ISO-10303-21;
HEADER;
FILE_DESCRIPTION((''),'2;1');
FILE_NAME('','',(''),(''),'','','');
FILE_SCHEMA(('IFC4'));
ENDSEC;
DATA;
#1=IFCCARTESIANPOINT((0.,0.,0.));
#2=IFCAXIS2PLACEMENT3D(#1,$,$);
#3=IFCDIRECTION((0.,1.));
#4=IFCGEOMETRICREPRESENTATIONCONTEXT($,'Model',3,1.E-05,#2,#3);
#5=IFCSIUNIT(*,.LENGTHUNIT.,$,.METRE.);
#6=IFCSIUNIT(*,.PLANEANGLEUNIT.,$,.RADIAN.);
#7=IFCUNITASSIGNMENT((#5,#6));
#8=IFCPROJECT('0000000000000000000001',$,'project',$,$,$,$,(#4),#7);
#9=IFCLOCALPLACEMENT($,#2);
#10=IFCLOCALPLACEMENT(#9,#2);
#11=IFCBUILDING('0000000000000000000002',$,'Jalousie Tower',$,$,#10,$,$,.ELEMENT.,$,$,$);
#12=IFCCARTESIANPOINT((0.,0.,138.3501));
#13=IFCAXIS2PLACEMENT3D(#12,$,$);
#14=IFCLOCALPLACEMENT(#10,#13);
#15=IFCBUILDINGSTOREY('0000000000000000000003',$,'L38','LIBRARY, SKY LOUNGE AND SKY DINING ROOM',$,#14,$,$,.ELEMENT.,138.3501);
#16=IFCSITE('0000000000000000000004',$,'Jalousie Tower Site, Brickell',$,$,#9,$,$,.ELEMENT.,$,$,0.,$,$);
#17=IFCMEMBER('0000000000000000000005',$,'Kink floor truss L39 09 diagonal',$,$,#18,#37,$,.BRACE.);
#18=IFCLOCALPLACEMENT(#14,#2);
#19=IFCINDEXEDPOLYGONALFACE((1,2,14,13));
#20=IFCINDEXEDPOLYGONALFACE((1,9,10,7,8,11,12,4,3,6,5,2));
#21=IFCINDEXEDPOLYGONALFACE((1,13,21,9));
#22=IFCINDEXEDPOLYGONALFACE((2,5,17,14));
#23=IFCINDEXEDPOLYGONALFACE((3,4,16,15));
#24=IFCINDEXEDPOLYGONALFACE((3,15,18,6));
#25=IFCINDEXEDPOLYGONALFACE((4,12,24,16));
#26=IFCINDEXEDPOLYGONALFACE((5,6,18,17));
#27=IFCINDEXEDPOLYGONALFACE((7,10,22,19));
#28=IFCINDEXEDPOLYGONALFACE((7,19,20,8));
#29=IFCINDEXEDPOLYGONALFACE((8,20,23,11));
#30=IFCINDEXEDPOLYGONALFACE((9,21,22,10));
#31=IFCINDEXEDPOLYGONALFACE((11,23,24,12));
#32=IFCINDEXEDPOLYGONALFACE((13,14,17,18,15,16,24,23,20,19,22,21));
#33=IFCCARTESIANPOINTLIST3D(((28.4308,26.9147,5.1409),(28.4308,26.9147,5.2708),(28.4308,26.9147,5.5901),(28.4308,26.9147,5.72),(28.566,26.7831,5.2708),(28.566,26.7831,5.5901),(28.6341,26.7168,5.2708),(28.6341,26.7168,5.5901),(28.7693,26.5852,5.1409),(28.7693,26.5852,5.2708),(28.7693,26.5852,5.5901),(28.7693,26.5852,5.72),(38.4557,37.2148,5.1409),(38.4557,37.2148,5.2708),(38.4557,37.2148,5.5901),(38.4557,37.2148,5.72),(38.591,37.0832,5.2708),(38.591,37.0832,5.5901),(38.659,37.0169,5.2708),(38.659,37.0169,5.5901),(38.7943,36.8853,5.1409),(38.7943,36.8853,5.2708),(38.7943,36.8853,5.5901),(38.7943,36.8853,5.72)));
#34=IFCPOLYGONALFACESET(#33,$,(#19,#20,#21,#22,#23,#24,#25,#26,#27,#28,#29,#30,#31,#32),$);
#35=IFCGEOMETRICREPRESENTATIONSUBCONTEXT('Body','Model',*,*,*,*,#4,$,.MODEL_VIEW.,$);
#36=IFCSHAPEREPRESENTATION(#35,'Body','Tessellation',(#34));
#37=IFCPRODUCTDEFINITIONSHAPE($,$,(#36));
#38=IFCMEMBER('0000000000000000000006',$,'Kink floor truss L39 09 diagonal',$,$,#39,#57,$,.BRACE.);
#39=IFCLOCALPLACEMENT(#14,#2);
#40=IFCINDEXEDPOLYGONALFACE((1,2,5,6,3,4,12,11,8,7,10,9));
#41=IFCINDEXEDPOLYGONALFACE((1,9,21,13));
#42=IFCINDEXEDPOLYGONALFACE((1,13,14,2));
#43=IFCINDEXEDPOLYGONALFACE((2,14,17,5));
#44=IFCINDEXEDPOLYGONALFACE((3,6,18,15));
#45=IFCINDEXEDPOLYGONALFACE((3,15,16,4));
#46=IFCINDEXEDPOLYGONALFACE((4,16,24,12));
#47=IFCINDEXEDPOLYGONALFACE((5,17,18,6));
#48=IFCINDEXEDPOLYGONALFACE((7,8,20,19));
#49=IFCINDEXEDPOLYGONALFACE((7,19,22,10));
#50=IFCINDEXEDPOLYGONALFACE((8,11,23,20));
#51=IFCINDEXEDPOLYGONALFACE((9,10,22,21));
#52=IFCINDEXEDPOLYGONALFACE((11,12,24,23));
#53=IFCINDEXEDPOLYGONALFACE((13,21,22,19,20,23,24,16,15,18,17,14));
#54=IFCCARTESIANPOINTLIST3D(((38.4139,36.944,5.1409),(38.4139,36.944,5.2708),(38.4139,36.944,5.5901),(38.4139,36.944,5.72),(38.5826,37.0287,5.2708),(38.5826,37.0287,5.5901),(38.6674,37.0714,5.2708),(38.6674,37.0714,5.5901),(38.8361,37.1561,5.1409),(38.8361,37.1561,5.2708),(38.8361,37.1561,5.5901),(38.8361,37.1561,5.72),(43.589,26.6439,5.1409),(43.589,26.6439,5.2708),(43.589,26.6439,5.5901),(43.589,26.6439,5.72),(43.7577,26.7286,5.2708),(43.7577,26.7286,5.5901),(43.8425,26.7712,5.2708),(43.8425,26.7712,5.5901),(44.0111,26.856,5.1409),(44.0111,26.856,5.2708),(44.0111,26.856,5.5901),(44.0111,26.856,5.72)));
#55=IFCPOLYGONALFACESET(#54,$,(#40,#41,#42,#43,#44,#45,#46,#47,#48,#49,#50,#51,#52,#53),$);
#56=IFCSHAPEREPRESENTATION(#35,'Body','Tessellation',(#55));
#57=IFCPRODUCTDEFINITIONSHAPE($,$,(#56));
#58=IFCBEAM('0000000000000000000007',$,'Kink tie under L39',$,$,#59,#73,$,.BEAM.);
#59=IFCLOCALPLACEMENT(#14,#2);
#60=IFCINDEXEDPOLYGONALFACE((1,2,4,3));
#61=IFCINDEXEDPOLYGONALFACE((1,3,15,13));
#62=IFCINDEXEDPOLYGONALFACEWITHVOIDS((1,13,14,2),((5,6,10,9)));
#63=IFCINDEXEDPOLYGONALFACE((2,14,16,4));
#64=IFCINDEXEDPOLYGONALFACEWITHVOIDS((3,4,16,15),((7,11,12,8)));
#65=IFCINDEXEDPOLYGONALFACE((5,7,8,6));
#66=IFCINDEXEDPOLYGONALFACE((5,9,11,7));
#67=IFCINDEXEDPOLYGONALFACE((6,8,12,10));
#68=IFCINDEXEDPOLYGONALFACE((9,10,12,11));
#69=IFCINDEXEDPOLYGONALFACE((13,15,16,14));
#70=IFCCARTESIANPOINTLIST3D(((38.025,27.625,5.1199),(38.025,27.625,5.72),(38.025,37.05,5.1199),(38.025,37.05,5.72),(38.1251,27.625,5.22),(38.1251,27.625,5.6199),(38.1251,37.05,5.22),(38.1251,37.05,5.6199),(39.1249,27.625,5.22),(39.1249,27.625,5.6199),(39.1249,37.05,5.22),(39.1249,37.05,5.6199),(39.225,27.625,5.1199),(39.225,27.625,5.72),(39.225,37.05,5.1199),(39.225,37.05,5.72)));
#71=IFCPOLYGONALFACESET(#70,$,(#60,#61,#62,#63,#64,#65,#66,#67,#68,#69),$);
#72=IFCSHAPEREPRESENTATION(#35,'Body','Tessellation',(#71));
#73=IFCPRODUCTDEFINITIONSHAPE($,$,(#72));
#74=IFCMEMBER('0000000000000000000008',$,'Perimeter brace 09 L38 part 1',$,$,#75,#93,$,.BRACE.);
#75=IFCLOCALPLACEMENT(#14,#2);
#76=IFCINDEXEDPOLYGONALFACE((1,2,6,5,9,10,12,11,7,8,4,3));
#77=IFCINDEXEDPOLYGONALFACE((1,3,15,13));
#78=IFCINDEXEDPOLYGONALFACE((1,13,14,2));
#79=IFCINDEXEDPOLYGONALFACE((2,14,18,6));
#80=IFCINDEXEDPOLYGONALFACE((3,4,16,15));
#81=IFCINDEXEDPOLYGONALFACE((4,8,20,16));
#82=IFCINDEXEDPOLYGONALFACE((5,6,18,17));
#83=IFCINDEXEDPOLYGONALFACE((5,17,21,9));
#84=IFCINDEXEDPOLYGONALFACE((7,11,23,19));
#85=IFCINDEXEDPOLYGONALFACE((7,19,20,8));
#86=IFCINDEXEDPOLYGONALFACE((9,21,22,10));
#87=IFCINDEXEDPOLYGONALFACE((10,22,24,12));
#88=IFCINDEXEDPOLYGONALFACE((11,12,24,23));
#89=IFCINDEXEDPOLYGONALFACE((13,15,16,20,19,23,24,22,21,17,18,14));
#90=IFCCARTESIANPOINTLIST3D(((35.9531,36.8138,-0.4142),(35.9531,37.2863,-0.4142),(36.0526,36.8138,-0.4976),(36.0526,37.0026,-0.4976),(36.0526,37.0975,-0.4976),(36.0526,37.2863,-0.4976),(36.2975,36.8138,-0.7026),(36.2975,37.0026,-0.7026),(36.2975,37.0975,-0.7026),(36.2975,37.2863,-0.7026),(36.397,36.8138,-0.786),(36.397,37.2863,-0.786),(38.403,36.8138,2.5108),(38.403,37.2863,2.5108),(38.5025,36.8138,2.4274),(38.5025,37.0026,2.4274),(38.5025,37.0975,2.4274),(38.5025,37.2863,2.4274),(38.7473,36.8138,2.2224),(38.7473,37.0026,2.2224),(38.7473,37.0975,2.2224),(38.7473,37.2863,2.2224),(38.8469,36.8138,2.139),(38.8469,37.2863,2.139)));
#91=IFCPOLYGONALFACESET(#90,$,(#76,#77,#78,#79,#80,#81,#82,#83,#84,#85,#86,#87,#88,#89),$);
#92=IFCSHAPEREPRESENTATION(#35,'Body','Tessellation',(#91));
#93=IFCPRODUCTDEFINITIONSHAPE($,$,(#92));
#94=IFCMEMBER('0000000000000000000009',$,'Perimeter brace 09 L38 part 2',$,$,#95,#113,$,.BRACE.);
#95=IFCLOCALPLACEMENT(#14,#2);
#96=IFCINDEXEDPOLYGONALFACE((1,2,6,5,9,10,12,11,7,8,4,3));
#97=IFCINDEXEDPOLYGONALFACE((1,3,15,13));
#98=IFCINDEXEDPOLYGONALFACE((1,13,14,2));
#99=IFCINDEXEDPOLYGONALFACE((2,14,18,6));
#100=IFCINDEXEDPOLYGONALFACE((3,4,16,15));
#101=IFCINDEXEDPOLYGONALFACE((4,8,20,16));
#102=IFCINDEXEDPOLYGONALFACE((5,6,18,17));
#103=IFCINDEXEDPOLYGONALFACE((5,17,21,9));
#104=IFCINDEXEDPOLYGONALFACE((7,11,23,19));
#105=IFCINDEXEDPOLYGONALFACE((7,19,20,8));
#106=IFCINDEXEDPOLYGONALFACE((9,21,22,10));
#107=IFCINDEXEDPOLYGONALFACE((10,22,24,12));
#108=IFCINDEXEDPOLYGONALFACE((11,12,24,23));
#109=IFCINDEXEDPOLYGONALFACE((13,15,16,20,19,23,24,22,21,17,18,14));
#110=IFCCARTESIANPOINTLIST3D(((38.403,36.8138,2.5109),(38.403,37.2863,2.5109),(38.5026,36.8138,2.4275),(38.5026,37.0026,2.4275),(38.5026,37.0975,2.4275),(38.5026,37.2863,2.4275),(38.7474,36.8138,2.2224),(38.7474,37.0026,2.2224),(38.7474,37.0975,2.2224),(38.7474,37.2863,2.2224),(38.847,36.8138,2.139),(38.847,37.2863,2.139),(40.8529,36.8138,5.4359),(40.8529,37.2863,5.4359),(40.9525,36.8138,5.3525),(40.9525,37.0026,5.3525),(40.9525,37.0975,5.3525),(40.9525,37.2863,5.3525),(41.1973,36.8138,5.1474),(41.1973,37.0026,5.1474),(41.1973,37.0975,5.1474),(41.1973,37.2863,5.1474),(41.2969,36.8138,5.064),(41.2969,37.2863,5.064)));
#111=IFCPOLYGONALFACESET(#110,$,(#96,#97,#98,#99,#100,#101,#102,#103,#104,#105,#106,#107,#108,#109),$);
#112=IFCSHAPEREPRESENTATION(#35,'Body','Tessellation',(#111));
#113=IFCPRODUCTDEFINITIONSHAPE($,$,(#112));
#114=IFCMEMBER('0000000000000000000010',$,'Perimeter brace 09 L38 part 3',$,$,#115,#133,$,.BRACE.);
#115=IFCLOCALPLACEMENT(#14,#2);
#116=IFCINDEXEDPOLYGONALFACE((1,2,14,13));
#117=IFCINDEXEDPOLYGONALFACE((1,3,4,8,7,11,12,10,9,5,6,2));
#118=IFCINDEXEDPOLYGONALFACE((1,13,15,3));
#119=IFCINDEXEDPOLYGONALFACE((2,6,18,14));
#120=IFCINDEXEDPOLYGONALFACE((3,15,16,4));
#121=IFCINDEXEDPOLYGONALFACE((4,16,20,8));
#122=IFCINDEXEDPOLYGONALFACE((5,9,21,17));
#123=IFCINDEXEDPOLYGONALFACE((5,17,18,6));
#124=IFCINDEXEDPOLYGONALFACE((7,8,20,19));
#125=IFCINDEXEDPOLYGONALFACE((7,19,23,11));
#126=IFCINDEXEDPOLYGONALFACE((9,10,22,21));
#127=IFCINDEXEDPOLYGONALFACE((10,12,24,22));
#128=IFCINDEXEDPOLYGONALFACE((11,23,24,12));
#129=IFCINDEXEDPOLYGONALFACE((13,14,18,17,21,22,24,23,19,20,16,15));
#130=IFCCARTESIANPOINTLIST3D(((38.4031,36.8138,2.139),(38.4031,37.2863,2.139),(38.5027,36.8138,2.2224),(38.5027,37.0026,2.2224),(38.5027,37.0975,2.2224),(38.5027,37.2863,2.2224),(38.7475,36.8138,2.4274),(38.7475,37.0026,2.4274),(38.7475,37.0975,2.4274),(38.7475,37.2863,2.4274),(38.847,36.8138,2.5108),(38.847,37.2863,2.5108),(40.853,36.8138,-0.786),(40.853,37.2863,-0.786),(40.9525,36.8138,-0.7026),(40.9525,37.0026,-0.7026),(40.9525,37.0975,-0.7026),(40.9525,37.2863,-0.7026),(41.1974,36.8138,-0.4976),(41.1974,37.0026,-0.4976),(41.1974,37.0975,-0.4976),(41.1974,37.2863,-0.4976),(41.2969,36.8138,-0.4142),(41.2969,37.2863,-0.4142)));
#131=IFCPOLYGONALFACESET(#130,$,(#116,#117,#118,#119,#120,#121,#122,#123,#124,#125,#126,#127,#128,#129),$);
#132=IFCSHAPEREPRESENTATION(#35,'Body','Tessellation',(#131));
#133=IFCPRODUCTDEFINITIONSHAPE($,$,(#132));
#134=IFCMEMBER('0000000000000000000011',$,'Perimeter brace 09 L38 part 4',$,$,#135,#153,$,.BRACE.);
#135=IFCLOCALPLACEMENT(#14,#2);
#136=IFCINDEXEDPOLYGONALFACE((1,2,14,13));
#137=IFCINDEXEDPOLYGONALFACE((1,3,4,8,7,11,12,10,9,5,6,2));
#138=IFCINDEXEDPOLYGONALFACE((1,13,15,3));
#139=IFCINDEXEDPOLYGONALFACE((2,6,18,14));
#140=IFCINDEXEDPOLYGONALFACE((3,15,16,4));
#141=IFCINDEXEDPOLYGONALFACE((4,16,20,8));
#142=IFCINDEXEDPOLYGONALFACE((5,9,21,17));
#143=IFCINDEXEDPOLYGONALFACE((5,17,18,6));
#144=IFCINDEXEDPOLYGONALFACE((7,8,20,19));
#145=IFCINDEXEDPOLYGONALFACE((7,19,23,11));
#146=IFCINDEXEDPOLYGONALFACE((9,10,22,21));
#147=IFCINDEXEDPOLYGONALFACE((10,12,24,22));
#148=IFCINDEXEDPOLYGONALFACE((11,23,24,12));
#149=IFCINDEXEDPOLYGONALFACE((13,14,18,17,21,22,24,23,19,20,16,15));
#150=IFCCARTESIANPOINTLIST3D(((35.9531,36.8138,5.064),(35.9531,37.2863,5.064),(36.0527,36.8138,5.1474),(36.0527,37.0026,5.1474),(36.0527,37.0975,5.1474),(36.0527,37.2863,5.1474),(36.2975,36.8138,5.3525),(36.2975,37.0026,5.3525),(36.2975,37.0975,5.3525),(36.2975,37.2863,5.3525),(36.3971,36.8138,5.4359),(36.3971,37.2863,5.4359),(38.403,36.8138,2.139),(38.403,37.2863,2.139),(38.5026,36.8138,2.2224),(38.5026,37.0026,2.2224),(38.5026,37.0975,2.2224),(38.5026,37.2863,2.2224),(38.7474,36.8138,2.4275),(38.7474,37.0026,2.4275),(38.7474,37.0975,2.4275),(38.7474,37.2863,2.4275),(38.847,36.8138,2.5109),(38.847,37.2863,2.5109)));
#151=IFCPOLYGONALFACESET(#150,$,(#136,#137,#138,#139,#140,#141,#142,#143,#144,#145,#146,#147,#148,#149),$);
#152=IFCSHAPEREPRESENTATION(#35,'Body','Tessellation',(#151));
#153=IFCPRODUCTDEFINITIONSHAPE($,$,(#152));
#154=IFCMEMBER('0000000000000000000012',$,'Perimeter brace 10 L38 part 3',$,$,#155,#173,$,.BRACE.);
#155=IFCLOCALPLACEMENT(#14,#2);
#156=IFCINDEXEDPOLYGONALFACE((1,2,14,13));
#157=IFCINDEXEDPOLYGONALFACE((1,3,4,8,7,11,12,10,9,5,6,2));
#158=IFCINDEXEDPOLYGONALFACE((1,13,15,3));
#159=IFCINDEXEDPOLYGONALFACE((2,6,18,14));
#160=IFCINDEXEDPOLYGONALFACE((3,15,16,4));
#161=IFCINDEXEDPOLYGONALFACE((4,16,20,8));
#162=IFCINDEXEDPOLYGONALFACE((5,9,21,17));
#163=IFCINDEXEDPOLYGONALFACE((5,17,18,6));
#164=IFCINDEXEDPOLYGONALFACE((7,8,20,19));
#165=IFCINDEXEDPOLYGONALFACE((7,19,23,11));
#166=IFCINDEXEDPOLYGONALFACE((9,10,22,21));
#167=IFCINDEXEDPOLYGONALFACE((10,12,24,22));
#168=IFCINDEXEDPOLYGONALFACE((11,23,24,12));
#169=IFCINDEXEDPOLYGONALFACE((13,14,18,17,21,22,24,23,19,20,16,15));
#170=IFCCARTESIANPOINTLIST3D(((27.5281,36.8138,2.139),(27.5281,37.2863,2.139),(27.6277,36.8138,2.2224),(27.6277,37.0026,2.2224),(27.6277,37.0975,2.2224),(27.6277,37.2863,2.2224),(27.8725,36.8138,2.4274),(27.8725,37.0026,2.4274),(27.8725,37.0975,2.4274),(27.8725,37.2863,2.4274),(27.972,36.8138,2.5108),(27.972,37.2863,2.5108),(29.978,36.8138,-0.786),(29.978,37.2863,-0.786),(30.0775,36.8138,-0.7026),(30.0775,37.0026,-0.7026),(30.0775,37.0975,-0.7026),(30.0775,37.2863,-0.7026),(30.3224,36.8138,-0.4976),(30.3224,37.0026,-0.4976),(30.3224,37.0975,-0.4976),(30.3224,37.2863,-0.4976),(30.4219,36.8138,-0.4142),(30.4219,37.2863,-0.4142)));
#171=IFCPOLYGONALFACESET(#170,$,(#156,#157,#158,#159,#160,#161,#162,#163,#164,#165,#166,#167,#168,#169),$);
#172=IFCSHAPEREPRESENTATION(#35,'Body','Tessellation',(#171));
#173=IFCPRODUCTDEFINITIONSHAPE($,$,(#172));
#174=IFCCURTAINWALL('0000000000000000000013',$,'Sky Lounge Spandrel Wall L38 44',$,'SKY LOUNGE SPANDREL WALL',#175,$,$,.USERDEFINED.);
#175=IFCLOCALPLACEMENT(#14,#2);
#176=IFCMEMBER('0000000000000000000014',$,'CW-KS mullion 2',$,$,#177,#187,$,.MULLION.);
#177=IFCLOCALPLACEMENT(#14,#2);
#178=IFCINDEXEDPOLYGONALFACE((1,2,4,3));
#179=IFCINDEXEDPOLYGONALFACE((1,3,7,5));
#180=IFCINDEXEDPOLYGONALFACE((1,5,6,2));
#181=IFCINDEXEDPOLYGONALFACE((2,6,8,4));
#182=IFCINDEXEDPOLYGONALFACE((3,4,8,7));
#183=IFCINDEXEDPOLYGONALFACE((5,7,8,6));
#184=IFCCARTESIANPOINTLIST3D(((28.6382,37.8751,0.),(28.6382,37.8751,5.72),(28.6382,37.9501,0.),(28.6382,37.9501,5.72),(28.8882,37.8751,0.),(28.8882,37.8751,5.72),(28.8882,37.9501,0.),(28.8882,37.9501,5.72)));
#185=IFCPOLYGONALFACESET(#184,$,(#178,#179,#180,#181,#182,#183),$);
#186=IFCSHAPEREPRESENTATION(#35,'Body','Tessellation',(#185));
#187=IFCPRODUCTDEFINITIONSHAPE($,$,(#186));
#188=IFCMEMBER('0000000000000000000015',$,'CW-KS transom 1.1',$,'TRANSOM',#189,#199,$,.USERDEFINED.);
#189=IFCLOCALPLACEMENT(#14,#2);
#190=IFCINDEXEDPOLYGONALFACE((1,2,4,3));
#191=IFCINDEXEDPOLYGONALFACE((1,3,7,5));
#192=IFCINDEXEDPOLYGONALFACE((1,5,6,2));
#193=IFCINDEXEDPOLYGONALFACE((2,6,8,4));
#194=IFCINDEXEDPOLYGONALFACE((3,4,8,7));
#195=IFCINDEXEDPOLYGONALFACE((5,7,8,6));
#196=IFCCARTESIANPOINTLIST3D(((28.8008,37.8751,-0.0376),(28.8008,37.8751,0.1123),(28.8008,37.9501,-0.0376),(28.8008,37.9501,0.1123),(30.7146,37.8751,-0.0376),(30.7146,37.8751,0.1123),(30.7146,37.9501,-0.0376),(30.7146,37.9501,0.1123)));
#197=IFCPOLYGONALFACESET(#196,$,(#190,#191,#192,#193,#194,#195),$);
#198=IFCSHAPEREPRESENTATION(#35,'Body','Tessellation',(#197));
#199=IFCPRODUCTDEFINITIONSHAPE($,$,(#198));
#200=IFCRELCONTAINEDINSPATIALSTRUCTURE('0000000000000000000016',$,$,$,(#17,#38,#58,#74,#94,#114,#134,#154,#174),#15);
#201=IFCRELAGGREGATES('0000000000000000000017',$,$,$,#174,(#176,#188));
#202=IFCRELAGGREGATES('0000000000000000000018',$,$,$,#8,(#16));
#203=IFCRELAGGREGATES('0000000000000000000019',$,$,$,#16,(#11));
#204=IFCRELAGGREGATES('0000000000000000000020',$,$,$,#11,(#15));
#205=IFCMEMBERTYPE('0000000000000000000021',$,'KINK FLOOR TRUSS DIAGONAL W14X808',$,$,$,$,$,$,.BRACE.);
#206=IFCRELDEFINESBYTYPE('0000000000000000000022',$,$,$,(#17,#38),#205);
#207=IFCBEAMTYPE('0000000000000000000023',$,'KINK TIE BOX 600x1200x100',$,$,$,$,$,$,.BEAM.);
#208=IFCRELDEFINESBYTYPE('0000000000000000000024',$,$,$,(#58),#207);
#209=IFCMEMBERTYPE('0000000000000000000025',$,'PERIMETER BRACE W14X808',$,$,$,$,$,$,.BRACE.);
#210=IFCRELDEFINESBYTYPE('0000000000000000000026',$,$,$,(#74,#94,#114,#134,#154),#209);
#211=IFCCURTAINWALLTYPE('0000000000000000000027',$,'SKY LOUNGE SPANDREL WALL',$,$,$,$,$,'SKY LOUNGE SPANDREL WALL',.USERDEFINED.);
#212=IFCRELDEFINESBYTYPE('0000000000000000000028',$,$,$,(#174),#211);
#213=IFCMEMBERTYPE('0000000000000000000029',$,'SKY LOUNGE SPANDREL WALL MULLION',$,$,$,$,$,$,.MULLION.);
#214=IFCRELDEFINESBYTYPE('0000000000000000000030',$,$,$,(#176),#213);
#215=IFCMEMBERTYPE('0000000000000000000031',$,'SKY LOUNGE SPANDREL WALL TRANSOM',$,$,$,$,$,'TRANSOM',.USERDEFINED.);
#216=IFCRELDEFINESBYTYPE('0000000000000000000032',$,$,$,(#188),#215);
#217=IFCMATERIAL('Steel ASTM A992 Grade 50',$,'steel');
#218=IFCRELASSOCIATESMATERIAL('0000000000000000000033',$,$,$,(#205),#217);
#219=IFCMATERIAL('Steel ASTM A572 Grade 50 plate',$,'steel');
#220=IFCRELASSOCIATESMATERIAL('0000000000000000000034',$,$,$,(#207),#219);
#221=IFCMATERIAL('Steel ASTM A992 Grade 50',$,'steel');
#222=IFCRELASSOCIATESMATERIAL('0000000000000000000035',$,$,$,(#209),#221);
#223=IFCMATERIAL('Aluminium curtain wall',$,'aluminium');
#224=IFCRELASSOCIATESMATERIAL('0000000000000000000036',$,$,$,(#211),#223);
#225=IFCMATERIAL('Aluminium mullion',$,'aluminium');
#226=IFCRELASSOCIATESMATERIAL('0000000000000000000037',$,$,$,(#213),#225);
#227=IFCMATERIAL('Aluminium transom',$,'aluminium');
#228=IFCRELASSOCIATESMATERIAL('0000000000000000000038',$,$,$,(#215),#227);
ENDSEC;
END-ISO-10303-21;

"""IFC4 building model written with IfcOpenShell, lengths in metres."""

from ifc_helpers import new_model, si_unit, direction, frame, origin, origin_2d, place, context, subcontext, project, spatial, rectangle, hollow_rectangle, i_section, extrude, material, material_profile, profile_set, type_object, element, aggregate, save


model = new_model("IFC4")

# Units and contexts
model_context = context("Model", 3, precision=1e-05, world=origin(), true_north=direction((0.0, 1.0)))
body_context = subcontext(model_context, "Body", "Model", "MODEL_VIEW")
ifc_project = project(units=[si_unit("LENGTHUNIT", "METRE"), si_unit("PLANEANGLEUNIT", "RADIAN")], contexts=[model_context])

# Site, building, storey
site_placement = place(None, origin())
site = spatial("IfcSite", under=ifc_project, at=site_placement, Name="Jalousie Tower Site, Brickell", CompositionType="ELEMENT", RefElevation=0.0)
building_placement = place(site_placement, origin())
building = spatial("IfcBuilding", under=site, at=building_placement, Name="Jalousie Tower", CompositionType="ELEMENT")
storey_placement = place(building_placement, frame((0.0, 0.0, 138.3501)))
storey = spatial("IfcBuildingStorey", under=building, at=storey_placement, Name="L38", Description="LIBRARY, SKY LOUNGE AND SKY DINING ROOM", CompositionType="ELEMENT", Elevation=138.3501)

# Members
ifc_material_1 = material(Name="Steel ASTM A992 Grade 50", Category="steel")
ifc_material_profile_1 = material_profile(ifc_material_1, i_section(OverallWidth=0.4724, OverallDepth=0.5791, WebThickness=0.095, FlangeThickness=0.1299, at=origin_2d()), Name="W14X808")
ifc_profile_set_1 = profile_set([ifc_material_profile_1], Name="Steel ASTM A992 Grade 50")
member_type_1 = type_object("IfcMemberType", Name="KINK FLOOR TRUSS DIAGONAL W14X808", PredefinedType="BRACE", material=ifc_profile_set_1)
member_1_placement = place(storey_placement, frame((38.625, 37.05, 5.4304), z_axis=(-0.697471, -0.716613, 0.0), x_axis=(0.716613, -0.697471, 0.0)))
element("IfcMember", 1, at=member_1_placement, inside=storey, type_object=member_type_1, Name="Kink floor truss L39 09 diagonal", PredefinedType="BRACE", context=body_context, shape_type="SweptSolid", body=[
    extrude(i_section(OverallWidth=0.4724, OverallDepth=0.5791, WebThickness=0.095, FlangeThickness=0.1299, at=origin_2d()), origin(), (0.0, 0.0, 1.0), 14.3733),
])
member_2_placement = place(storey_placement, frame((38.625, 37.05, 5.4304), z_axis=(0.44895, -0.893557, 0.0), x_axis=(0.893557, 0.44895, 0.0)))
element("IfcMember", 2, at=member_2_placement, inside=storey, type_object=member_type_1, Name="Kink floor truss L39 09 diagonal", PredefinedType="BRACE", context=body_context, shape_type="SweptSolid", body=[
    extrude(i_section(OverallWidth=0.4724, OverallDepth=0.5791, WebThickness=0.095, FlangeThickness=0.1299, at=origin_2d()), origin(), (0.0, 0.0, 1.0), 11.5271),
])

# Beam
ifc_material_2 = material(Name="Steel ASTM A572 Grade 50 plate", Category="steel")
ifc_material_profile_2 = material_profile(ifc_material_2, hollow_rectangle(XDim=1.2, YDim=0.6001, WallThickness=0.1001, at=origin_2d()), Name="BOX 600x1200x100")
ifc_profile_set_2 = profile_set([ifc_material_profile_2], Name="Steel ASTM A572 Grade 50 plate")
beam_type = type_object("IfcBeamType", Name="KINK TIE BOX 600x1200x100", PredefinedType="BEAM", material=ifc_profile_set_2)
beam_placement = place(storey_placement, frame((38.625, 37.05, 5.4199), z_axis=(0.0, -1.0, 0.0), x_axis=(1.0, 0.0, 0.0)))
element("IfcBeam", 3, at=beam_placement, inside=storey, type_object=beam_type, Name="Kink tie under L39", PredefinedType="BEAM", context=body_context, shape_type="SweptSolid", body=[
    extrude(hollow_rectangle(XDim=1.2, YDim=0.6001, WallThickness=0.1001, at=origin_2d()), origin(), (0.0, 0.0, 1.0), 9.425),
])

# Members
ifc_material_3 = material(Name="Steel ASTM A992 Grade 50", Category="steel")
ifc_material_profile_3 = material_profile(ifc_material_3, i_section(OverallWidth=0.4724, OverallDepth=0.5791, WebThickness=0.095, FlangeThickness=0.1299, at=origin_2d()), Name="W14X808")
ifc_profile_set_3 = profile_set([ifc_material_profile_3], Name="Steel ASTM A992 Grade 50")
member_type_2 = type_object("IfcMemberType", Name="PERIMETER BRACE W14X808", PredefinedType="BRACE", material=ifc_profile_set_3)
for number, where, z_axis, x_axis, name in (
    (4, (36.175, 37.05, -0.6001), (0.642102, 0.0, 0.766619), (0.0, 1.0, 0.0), "Perimeter brace 09 L38 part 1"),
    (5, (38.625, 37.05, 2.325), (0.642102, 0.0, 0.766619), (0.0, 1.0, 0.0), "Perimeter brace 09 L38 part 2"),
    (6, (41.075, 37.05, -0.6001), (-0.642102, 0.0, 0.766619), (0.0, -1.0, 0.0), "Perimeter brace 09 L38 part 3"),
    (7, (38.625, 37.05, 2.325), (-0.642102, 0.0, 0.766619), (0.0, -1.0, 0.0), "Perimeter brace 09 L38 part 4"),
    (8, (30.2, 37.05, -0.6001), (-0.642102, 0.0, 0.766619), (0.0, -1.0, 0.0), "Perimeter brace 10 L38 part 3"),
):
    element("IfcMember", number, at=place(storey_placement, frame(where, z_axis=z_axis, x_axis=x_axis)), inside=storey, type_object=member_type_2, Name=name, PredefinedType="BRACE", context=body_context, shape_type="SweptSolid", body=[
        extrude(i_section(OverallWidth=0.4724, OverallDepth=0.5791, WebThickness=0.095, FlangeThickness=0.1299, at=origin_2d()), origin(), (0.0, 0.0, 1.0), 3.8154),
    ])

# Curtain wall, members
ifc_material_4 = material(Name="Aluminium curtain wall", Category="aluminium")
curtain_wall_type = type_object("IfcCurtainWallType", Name="SKY LOUNGE SPANDREL WALL", ElementType="SKY LOUNGE SPANDREL WALL", PredefinedType="USERDEFINED", material=ifc_material_4)
curtain_wall_placement = place(storey_placement, origin())
curtain_wall = element("IfcCurtainWall", 9, at=curtain_wall_placement, inside=storey, type_object=curtain_wall_type, Name="Sky Lounge Spandrel Wall L38 44", ObjectType="SKY LOUNGE SPANDREL WALL", PredefinedType="USERDEFINED")
ifc_material_5 = material(Name="Aluminium mullion", Category="aluminium")
ifc_material_profile_4 = material_profile(ifc_material_5, rectangle(XDim=0.075, YDim=0.25, at=origin_2d()), Name="MULLION 75x250")
ifc_profile_set_4 = profile_set([ifc_material_profile_4], Name="Aluminium mullion")
member_type_3 = type_object("IfcMemberType", Name="SKY LOUNGE SPANDREL WALL MULLION", PredefinedType="MULLION", material=ifc_profile_set_4)
member_3_placement = place(storey_placement, frame((28.7632, 37.9126, 0.0), z_axis=(0.0, 0.0, 1.0), x_axis=(0.0, -1.0, 0.0)))
member_3 = element("IfcMember", 10, at=member_3_placement, type_object=member_type_3, Name="CW-KS mullion 2", PredefinedType="MULLION", context=body_context, shape_type="SweptSolid", body=[
    extrude(rectangle(XDim=0.075, YDim=0.25, at=origin_2d()), origin(), (0.0, 0.0, 1.0), 5.72),
])
ifc_material_6 = material(Name="Aluminium transom", Category="aluminium")
ifc_material_profile_5 = material_profile(ifc_material_6, rectangle(XDim=0.075, YDim=0.1499, at=origin_2d()), Name="TRANSOM 75x150")
ifc_profile_set_5 = profile_set([ifc_material_profile_5], Name="Aluminium transom")
member_type_4 = type_object("IfcMemberType", Name="SKY LOUNGE SPANDREL WALL TRANSOM", ElementType="TRANSOM", PredefinedType="USERDEFINED", material=ifc_profile_set_5)
member_4_placement = place(storey_placement, frame((30.7146, 37.9126, 0.0374), z_axis=(-1.0, 0.0, 0.0), x_axis=(0.0, -1.0, 0.0)))
member_4 = element("IfcMember", 11, at=member_4_placement, type_object=member_type_4, Name="CW-KS transom 1.1", ObjectType="TRANSOM", PredefinedType="USERDEFINED", context=body_context, shape_type="SweptSolid", body=[
    extrude(rectangle(XDim=0.075, YDim=0.1499, at=origin_2d()), origin(), (0.0, 0.0, 1.0), 1.9138),
])
aggregate(curtain_wall, [member_3, member_4])

save(model, "model.ifc")
